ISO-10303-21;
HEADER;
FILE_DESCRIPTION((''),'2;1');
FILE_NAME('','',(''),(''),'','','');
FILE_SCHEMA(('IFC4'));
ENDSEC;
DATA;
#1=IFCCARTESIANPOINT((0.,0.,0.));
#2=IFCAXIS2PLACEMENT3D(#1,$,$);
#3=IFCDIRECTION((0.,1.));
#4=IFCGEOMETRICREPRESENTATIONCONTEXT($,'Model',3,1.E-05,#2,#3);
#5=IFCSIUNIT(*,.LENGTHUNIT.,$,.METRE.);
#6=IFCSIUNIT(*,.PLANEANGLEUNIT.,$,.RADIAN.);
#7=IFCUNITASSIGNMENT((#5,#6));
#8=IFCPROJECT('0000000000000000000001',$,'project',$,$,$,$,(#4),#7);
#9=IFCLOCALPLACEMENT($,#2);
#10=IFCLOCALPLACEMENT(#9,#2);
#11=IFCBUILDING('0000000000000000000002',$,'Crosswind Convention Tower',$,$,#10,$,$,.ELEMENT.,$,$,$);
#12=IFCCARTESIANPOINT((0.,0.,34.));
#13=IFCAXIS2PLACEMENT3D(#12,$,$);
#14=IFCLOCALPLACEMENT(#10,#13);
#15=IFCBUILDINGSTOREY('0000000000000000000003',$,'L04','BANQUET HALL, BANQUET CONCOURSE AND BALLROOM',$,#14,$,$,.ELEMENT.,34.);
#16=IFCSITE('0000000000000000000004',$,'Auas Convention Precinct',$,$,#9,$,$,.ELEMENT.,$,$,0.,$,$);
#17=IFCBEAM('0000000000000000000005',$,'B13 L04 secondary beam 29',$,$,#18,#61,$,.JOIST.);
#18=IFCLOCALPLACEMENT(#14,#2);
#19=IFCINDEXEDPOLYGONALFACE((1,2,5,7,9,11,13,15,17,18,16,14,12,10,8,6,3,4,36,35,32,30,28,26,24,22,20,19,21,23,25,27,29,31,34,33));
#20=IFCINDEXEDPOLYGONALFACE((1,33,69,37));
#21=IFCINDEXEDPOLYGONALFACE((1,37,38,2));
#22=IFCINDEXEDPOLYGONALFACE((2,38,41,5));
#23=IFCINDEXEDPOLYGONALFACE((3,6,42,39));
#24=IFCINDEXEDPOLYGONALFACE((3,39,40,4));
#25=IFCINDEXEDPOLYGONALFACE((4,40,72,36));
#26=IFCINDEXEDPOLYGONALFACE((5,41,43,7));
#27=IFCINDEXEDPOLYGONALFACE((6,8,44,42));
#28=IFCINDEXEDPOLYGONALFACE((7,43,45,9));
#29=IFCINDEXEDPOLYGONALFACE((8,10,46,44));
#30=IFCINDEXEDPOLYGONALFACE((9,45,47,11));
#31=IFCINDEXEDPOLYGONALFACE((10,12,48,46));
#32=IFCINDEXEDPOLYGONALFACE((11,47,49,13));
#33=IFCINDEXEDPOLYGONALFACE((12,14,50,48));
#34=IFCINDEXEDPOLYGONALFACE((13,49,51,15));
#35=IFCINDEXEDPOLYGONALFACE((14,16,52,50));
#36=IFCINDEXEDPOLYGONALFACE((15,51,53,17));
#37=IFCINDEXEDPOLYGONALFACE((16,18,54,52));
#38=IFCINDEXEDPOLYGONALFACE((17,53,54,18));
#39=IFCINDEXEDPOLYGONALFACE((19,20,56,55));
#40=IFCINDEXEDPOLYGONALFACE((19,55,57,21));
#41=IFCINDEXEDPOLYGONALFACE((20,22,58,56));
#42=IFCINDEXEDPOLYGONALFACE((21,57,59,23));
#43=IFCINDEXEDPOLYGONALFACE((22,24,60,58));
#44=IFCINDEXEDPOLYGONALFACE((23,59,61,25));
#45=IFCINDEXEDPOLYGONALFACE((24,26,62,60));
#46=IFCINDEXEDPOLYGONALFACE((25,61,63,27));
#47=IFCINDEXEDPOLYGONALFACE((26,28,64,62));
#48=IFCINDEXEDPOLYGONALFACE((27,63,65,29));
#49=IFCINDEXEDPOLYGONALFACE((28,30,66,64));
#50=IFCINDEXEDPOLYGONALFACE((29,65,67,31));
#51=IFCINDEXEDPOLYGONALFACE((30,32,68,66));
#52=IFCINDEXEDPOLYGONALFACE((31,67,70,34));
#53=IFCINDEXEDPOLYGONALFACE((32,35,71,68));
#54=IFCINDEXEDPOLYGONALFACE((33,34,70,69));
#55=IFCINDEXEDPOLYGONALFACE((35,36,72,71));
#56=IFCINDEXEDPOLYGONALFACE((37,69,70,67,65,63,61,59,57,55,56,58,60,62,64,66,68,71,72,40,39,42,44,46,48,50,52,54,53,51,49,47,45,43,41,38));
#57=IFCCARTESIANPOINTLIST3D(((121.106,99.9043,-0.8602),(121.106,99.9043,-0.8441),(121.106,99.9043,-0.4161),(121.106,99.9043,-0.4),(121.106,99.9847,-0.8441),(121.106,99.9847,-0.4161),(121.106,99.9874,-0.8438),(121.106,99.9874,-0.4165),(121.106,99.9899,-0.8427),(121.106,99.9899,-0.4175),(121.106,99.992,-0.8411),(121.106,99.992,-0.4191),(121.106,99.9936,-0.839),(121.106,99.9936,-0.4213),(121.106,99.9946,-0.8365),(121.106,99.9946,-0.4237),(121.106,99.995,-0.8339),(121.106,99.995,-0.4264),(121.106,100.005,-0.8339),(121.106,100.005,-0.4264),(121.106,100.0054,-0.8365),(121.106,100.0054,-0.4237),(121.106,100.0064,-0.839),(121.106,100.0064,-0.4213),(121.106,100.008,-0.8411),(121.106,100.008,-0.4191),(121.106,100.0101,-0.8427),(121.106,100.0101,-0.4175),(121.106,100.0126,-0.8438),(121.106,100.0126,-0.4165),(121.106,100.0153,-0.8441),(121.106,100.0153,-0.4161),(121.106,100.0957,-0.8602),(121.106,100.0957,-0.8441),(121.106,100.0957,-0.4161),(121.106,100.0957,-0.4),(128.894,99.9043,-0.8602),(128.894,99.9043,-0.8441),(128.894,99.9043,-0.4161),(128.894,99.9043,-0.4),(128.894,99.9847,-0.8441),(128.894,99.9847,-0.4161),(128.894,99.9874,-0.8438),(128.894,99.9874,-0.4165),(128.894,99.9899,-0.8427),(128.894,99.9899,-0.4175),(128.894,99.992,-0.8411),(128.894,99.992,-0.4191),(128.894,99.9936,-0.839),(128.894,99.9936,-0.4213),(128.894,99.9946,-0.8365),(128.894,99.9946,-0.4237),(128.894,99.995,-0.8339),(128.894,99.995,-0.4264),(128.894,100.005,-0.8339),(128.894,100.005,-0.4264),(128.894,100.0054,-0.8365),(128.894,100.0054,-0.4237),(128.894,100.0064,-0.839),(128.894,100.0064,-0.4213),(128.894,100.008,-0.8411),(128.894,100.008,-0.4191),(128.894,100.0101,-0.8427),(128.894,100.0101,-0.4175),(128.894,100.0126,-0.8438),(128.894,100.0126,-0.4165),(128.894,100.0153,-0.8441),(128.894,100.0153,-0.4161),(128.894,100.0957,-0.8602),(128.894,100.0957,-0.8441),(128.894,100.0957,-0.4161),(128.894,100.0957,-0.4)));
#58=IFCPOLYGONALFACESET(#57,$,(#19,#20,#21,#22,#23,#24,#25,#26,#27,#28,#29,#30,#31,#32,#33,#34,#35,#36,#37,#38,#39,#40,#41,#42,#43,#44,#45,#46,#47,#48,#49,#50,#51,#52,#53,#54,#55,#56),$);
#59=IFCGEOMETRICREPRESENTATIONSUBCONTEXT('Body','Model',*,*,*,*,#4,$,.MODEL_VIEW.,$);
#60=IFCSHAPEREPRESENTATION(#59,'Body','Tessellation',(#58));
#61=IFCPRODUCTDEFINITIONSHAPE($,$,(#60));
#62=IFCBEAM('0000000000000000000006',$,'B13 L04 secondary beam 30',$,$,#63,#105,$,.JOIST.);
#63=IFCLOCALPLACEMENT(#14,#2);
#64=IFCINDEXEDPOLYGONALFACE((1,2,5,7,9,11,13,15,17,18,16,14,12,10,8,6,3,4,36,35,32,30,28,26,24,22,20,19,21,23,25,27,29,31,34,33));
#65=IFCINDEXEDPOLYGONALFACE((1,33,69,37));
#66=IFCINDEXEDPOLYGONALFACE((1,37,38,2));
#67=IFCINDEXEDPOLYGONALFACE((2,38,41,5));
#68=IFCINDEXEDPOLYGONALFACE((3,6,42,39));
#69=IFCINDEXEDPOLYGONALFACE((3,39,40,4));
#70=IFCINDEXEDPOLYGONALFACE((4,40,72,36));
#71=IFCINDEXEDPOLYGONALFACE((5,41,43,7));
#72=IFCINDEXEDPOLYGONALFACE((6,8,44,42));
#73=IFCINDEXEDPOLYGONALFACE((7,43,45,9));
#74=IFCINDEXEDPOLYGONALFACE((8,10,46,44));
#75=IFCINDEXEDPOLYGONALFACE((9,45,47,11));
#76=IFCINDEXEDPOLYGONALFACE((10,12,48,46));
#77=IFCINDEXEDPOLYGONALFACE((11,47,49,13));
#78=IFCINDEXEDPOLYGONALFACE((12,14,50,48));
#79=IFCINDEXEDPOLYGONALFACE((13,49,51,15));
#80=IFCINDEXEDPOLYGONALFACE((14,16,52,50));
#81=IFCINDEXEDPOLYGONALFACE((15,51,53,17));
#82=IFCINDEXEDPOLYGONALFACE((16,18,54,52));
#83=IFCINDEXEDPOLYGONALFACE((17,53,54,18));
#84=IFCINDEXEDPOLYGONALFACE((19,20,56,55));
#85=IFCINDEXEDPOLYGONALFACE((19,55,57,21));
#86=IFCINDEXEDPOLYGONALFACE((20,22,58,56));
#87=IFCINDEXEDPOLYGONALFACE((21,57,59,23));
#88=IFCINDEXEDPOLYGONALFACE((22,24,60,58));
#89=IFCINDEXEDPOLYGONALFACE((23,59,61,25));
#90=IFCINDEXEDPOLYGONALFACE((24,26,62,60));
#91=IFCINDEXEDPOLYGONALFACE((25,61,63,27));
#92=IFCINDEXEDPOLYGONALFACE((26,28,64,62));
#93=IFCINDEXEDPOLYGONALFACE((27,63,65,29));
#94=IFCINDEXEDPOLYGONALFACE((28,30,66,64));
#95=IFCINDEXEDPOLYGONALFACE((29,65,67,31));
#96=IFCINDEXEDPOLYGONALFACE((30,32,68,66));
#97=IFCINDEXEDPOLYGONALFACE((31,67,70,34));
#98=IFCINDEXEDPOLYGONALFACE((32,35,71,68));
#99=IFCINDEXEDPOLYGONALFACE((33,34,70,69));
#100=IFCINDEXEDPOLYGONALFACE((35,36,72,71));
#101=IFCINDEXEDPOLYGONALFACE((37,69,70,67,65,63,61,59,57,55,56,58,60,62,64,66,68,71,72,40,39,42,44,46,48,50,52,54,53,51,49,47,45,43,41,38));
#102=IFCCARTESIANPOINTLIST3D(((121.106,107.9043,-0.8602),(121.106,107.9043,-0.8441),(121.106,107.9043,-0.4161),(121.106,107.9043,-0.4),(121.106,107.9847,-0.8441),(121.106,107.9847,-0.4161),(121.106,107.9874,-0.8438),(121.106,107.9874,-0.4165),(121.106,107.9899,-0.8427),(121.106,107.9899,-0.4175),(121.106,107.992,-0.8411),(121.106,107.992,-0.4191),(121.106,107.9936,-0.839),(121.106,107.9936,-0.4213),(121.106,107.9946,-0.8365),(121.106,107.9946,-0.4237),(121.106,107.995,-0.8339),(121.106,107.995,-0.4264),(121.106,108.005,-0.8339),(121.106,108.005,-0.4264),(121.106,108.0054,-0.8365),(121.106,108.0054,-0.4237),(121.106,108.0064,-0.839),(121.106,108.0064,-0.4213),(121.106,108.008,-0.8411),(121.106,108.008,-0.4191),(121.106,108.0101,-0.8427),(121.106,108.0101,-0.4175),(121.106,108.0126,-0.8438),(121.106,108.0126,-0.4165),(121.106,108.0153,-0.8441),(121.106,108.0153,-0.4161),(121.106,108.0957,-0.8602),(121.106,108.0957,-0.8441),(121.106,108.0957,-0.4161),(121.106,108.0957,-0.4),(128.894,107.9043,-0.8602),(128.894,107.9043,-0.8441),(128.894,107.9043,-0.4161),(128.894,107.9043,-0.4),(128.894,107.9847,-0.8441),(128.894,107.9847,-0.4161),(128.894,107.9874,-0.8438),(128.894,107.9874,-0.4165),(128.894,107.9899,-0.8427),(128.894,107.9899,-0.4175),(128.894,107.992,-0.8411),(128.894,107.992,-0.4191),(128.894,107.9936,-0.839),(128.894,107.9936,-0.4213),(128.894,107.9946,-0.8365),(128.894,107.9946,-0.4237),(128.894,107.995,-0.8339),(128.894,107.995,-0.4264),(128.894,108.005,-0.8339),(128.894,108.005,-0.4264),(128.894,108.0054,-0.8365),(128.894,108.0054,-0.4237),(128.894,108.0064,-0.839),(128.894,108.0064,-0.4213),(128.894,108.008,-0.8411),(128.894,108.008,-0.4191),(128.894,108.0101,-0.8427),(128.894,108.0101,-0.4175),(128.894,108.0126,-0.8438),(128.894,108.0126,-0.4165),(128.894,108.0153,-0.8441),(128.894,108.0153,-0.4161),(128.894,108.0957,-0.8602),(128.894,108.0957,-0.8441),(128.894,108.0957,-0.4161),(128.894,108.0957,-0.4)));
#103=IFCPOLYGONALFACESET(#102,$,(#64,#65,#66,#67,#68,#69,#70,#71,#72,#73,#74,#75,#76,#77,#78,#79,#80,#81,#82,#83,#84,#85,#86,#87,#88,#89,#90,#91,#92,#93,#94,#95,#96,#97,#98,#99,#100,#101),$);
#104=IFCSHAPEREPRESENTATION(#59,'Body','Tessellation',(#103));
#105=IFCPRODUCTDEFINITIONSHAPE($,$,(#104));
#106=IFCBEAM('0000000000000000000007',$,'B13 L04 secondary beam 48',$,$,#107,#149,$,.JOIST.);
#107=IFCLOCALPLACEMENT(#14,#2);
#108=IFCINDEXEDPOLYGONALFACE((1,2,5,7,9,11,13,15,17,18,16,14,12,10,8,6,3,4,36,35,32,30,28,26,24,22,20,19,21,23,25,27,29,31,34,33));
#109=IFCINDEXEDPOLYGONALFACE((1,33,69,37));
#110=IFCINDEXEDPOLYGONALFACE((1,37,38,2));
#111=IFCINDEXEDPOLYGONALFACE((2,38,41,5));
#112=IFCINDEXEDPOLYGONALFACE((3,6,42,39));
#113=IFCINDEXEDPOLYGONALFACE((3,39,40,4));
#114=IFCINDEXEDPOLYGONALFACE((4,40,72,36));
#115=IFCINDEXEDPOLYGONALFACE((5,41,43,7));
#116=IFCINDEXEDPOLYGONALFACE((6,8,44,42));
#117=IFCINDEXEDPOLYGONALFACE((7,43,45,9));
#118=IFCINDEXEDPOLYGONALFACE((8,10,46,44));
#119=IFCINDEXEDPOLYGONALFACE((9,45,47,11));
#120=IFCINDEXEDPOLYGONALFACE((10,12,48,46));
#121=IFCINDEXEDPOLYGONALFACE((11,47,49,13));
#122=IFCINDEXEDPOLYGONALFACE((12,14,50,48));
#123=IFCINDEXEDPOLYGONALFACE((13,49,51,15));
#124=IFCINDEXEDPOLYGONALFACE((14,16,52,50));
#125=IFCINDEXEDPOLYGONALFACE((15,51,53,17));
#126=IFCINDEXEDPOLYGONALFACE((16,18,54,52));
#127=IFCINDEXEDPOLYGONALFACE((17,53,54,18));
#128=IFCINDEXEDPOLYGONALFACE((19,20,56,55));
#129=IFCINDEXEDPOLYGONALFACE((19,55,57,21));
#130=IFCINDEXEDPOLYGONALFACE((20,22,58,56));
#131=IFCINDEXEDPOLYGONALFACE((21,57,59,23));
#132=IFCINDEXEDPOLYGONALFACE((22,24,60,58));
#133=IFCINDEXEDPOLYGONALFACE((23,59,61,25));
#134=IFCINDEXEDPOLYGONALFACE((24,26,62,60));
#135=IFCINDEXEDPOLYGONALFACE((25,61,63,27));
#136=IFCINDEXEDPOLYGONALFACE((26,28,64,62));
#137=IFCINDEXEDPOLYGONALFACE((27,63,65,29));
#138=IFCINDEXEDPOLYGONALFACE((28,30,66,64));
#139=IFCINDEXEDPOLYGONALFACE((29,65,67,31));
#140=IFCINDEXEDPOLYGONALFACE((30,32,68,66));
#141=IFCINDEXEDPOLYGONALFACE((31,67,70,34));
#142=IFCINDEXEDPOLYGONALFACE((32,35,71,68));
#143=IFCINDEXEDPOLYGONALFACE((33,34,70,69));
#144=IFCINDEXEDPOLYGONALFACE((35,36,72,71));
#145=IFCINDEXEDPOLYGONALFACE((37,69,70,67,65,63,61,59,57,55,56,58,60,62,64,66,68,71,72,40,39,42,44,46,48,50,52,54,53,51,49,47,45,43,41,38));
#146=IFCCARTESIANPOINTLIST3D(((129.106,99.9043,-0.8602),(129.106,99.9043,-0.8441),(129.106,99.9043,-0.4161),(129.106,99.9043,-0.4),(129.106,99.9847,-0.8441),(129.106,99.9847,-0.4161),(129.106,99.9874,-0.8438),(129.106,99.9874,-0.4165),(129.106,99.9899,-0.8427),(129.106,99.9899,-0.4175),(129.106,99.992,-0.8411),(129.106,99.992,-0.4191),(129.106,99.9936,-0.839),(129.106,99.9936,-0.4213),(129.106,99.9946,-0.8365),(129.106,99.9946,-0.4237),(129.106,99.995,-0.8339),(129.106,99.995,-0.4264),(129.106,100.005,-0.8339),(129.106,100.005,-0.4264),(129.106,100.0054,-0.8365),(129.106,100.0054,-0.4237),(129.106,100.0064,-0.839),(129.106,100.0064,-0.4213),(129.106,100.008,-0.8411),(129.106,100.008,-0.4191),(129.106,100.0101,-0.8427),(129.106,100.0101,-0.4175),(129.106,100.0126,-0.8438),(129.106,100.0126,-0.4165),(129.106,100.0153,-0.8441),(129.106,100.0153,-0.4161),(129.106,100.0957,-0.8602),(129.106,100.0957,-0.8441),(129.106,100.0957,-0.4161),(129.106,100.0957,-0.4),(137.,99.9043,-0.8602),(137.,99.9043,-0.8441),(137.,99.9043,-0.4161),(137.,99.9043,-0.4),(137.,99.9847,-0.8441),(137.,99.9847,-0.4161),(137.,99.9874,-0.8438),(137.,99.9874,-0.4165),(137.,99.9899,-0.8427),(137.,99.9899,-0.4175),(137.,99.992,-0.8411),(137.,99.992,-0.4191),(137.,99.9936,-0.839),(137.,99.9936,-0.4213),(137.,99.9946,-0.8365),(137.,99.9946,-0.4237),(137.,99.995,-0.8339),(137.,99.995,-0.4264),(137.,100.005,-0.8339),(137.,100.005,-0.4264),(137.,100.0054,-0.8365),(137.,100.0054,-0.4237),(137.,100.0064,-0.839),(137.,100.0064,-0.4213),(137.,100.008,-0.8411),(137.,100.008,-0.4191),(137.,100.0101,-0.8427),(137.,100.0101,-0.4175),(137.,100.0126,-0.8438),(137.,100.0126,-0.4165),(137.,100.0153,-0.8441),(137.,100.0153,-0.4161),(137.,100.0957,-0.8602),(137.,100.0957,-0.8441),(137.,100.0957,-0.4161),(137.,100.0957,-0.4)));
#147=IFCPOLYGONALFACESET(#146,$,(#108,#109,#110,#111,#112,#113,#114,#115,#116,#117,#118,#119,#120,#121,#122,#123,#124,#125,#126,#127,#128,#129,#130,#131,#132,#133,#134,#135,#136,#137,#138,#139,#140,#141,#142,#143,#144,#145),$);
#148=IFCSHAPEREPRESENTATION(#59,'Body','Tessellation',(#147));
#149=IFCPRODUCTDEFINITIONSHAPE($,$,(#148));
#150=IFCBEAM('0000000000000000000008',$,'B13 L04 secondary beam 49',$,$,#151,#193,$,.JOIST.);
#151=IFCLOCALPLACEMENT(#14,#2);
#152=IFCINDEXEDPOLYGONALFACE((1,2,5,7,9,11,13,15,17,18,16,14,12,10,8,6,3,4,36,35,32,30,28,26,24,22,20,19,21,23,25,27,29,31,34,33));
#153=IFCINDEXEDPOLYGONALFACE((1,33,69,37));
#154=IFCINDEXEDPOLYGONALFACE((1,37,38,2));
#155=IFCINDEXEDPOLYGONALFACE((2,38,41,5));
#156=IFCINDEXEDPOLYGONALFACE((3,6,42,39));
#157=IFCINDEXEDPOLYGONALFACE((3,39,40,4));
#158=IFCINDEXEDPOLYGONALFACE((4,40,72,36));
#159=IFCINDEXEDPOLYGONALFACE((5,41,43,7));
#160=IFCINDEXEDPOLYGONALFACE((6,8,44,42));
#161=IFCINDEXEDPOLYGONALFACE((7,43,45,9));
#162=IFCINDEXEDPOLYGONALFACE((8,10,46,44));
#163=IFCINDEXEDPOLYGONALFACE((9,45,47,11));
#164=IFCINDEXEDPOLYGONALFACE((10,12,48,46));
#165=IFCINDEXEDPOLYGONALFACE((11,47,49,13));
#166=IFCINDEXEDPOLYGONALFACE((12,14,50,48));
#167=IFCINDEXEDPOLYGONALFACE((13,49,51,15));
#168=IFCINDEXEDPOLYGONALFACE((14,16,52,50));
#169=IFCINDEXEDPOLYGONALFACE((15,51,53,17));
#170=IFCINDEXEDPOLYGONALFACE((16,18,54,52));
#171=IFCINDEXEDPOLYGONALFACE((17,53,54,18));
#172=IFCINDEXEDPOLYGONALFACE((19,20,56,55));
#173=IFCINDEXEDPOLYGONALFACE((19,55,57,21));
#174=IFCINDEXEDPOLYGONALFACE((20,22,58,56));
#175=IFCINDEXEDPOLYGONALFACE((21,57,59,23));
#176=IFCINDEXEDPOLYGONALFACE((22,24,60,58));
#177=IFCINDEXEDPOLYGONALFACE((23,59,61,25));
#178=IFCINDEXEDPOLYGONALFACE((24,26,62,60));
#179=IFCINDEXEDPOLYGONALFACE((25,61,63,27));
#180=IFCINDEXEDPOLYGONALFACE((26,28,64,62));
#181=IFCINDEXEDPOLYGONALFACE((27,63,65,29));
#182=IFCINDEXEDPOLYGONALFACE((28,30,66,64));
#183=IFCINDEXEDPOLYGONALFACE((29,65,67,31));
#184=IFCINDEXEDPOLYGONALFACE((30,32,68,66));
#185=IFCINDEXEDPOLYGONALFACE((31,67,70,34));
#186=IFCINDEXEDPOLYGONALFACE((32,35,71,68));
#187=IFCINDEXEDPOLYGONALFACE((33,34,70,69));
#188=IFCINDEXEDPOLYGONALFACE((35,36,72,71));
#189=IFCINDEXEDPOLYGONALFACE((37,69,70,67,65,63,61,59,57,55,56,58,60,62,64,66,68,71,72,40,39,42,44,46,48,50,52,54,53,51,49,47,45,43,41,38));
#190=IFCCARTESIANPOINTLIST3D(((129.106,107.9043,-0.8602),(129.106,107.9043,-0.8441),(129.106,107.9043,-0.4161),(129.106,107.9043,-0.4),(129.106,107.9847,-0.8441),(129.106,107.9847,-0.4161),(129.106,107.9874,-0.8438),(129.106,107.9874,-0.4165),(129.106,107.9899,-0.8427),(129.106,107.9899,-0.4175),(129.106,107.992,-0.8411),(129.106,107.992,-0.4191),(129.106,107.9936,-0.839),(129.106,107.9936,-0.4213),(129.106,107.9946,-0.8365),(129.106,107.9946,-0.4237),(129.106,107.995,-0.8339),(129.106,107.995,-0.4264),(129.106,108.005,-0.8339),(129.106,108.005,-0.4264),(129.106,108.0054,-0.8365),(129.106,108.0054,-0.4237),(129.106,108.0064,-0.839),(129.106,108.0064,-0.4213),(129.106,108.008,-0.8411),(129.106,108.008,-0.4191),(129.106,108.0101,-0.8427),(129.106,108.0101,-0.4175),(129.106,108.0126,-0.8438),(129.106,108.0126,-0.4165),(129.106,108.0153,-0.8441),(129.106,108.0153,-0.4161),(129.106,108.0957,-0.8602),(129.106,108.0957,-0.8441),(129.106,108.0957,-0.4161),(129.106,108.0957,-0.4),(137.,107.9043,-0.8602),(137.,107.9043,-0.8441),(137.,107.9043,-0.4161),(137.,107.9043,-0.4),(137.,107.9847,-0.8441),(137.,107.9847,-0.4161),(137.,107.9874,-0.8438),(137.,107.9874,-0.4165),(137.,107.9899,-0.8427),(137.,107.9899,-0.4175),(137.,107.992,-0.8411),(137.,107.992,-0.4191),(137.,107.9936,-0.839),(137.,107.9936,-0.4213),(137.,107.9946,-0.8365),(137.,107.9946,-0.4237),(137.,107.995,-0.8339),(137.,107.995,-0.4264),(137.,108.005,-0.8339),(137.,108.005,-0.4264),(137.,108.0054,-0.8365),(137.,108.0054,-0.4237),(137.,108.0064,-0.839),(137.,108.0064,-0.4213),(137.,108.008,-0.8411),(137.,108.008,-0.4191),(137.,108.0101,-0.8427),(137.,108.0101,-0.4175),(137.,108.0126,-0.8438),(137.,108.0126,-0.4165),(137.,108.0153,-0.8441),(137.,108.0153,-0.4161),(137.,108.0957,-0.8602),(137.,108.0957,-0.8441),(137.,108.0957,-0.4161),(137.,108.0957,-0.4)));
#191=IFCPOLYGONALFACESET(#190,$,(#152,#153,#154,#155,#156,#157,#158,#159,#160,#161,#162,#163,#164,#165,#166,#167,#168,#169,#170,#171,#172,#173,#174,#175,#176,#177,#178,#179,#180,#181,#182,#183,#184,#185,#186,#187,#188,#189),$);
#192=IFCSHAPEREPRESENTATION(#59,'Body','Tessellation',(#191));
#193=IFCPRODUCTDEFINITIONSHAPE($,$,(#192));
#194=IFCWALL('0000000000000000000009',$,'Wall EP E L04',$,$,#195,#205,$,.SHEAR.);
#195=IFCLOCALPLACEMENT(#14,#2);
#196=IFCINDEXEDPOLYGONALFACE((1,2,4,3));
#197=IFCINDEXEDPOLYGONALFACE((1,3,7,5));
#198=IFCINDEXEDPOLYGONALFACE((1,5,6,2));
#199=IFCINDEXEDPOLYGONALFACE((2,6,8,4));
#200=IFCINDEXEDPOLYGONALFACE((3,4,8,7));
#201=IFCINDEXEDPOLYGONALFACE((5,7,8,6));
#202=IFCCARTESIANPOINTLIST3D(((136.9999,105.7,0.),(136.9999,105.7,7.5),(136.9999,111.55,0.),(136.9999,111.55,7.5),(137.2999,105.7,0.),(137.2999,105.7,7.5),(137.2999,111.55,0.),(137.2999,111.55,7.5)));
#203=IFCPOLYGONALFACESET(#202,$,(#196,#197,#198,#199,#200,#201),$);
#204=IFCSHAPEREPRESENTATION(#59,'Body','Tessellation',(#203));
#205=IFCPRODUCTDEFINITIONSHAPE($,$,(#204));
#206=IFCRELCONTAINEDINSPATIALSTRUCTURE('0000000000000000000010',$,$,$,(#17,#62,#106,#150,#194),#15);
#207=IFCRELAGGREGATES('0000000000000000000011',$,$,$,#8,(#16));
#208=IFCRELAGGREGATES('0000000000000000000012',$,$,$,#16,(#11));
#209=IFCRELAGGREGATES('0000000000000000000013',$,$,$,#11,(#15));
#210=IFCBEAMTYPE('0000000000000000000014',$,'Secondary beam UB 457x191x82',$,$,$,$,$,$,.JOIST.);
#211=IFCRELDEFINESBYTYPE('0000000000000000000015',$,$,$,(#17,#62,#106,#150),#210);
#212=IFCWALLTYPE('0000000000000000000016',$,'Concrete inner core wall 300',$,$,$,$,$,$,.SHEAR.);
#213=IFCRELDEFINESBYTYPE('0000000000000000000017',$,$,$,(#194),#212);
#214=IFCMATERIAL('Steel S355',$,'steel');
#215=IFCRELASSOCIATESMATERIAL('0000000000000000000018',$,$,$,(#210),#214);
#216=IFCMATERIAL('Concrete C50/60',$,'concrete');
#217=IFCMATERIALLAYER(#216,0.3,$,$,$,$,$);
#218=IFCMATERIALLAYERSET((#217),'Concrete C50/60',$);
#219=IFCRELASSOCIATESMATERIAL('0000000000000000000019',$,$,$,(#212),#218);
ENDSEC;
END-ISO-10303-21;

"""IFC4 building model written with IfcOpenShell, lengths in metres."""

from ifc_helpers import new_model, si_unit, direction, frame, frame_2d, origin, origin_2d, place, context, subcontext, project, spatial, rectangle, i_section, extrude, material, layer, layer_set, material_profile, profile_set, type_object, element, save


model = new_model("IFC4")

# Units and contexts
model_context = context("Model", 3, precision=1e-05, world=origin(), true_north=direction((0.0, 1.0)))
body_context = subcontext(model_context, "Body", "Model", "MODEL_VIEW")
ifc_project = project(units=[si_unit("LENGTHUNIT", "METRE"), si_unit("PLANEANGLEUNIT", "RADIAN")], contexts=[model_context])

# Site, building, storey
site_placement = place(None, origin())
site = spatial("IfcSite", under=ifc_project, at=site_placement, Name="Auas Convention Precinct", CompositionType="ELEMENT", RefElevation=0.0)
building_placement = place(site_placement, origin())
building = spatial("IfcBuilding", under=site, at=building_placement, Name="Crosswind Convention Tower", CompositionType="ELEMENT")
storey_placement = place(building_placement, frame((0.0, 0.0, 34.0)))
storey = spatial("IfcBuildingStorey", under=building, at=storey_placement, Name="L04", Description="BANQUET HALL, BANQUET CONCOURSE AND BALLROOM", CompositionType="ELEMENT", Elevation=34.0)

# Beams
ifc_material_1 = material(Name="Steel S355", Category="steel")
ifc_material_profile_1 = material_profile(ifc_material_1, i_section(OverallWidth=0.1914, OverallDepth=0.4602, WebThickness=0.01, FlangeThickness=0.0161, FilletRadius=0.0103, at=origin_2d()), Name="UB 457x191x82")
ifc_profile_set_1 = profile_set([ifc_material_profile_1], Name="Steel S355")
beam_type_1 = type_object("IfcBeamType", Name="Secondary beam UB 457x191x82", PredefinedType="JOIST", material=ifc_profile_set_1)
for number, where, z_axis, x_axis, name in (
    (1, (121.106, 100.0, -0.6301), (1.0, 0.0, 0.0), (0.0, 1.0, 0.0), "B13 L04 secondary beam 29"),
    (2, (121.106, 108.0, -0.6301), (1.0, 0.0, 0.0), (0.0, 1.0, 0.0), "B13 L04 secondary beam 30"),
):
    element("IfcBeam", number, at=place(storey_placement, frame(where, z_axis=z_axis, x_axis=x_axis)), inside=storey, type_object=beam_type_1, Name=name, PredefinedType="JOIST", context=body_context, shape_type="SweptSolid", body=[
        extrude(i_section(OverallWidth=0.1914, OverallDepth=0.4602, WebThickness=0.01, FlangeThickness=0.0161, FilletRadius=0.0103, at=origin_2d()), origin(), (0.0, 0.0, 1.0), 7.7881),
    ])
for number, where, z_axis, x_axis, name in (
    (3, (129.106, 100.0, -0.6301), (1.0, 0.0, 0.0), (0.0, 1.0, 0.0), "B13 L04 secondary beam 48"),
    (4, (129.106, 108.0, -0.6301), (1.0, 0.0, 0.0), (0.0, 1.0, 0.0), "B13 L04 secondary beam 49"),
):
    element("IfcBeam", number, at=place(storey_placement, frame(where, z_axis=z_axis, x_axis=x_axis)), inside=storey, type_object=beam_type_1, Name=name, PredefinedType="JOIST", context=body_context, shape_type="SweptSolid", body=[
        extrude(i_section(OverallWidth=0.1914, OverallDepth=0.4602, WebThickness=0.01, FlangeThickness=0.0161, FilletRadius=0.0103, at=origin_2d()), origin(), (0.0, 0.0, 1.0), 7.894),
    ])

# Wall
ifc_material_2 = material(Name="Concrete C50/60", Category="concrete")
ifc_layer_1 = layer(ifc_material_2, 0.3)
ifc_layer_set_1 = layer_set([ifc_layer_1], Name="Concrete C50/60")
wall_type_1 = type_object("IfcWallType", Name="Concrete inner core wall 300", PredefinedType="SHEAR", material=ifc_layer_set_1)
wall_1_placement = place(storey_placement, frame((137.1499, 105.7, 0.0), z_axis=(0.0, 0.0, 1.0), x_axis=(0.0, 1.0, 0.0)))
element("IfcWall", 5, at=wall_1_placement, inside=storey, type_object=wall_type_1, Name="Wall EP E L04", PredefinedType="SHEAR", context=body_context, shape_type="SweptSolid", body=[
    extrude(rectangle(XDim=5.8501, YDim=0.3, at=frame_2d((2.925, 0.0))), origin(), (0.0, 0.0, 1.0), 7.5),
])

save(model, "model.ifc")
